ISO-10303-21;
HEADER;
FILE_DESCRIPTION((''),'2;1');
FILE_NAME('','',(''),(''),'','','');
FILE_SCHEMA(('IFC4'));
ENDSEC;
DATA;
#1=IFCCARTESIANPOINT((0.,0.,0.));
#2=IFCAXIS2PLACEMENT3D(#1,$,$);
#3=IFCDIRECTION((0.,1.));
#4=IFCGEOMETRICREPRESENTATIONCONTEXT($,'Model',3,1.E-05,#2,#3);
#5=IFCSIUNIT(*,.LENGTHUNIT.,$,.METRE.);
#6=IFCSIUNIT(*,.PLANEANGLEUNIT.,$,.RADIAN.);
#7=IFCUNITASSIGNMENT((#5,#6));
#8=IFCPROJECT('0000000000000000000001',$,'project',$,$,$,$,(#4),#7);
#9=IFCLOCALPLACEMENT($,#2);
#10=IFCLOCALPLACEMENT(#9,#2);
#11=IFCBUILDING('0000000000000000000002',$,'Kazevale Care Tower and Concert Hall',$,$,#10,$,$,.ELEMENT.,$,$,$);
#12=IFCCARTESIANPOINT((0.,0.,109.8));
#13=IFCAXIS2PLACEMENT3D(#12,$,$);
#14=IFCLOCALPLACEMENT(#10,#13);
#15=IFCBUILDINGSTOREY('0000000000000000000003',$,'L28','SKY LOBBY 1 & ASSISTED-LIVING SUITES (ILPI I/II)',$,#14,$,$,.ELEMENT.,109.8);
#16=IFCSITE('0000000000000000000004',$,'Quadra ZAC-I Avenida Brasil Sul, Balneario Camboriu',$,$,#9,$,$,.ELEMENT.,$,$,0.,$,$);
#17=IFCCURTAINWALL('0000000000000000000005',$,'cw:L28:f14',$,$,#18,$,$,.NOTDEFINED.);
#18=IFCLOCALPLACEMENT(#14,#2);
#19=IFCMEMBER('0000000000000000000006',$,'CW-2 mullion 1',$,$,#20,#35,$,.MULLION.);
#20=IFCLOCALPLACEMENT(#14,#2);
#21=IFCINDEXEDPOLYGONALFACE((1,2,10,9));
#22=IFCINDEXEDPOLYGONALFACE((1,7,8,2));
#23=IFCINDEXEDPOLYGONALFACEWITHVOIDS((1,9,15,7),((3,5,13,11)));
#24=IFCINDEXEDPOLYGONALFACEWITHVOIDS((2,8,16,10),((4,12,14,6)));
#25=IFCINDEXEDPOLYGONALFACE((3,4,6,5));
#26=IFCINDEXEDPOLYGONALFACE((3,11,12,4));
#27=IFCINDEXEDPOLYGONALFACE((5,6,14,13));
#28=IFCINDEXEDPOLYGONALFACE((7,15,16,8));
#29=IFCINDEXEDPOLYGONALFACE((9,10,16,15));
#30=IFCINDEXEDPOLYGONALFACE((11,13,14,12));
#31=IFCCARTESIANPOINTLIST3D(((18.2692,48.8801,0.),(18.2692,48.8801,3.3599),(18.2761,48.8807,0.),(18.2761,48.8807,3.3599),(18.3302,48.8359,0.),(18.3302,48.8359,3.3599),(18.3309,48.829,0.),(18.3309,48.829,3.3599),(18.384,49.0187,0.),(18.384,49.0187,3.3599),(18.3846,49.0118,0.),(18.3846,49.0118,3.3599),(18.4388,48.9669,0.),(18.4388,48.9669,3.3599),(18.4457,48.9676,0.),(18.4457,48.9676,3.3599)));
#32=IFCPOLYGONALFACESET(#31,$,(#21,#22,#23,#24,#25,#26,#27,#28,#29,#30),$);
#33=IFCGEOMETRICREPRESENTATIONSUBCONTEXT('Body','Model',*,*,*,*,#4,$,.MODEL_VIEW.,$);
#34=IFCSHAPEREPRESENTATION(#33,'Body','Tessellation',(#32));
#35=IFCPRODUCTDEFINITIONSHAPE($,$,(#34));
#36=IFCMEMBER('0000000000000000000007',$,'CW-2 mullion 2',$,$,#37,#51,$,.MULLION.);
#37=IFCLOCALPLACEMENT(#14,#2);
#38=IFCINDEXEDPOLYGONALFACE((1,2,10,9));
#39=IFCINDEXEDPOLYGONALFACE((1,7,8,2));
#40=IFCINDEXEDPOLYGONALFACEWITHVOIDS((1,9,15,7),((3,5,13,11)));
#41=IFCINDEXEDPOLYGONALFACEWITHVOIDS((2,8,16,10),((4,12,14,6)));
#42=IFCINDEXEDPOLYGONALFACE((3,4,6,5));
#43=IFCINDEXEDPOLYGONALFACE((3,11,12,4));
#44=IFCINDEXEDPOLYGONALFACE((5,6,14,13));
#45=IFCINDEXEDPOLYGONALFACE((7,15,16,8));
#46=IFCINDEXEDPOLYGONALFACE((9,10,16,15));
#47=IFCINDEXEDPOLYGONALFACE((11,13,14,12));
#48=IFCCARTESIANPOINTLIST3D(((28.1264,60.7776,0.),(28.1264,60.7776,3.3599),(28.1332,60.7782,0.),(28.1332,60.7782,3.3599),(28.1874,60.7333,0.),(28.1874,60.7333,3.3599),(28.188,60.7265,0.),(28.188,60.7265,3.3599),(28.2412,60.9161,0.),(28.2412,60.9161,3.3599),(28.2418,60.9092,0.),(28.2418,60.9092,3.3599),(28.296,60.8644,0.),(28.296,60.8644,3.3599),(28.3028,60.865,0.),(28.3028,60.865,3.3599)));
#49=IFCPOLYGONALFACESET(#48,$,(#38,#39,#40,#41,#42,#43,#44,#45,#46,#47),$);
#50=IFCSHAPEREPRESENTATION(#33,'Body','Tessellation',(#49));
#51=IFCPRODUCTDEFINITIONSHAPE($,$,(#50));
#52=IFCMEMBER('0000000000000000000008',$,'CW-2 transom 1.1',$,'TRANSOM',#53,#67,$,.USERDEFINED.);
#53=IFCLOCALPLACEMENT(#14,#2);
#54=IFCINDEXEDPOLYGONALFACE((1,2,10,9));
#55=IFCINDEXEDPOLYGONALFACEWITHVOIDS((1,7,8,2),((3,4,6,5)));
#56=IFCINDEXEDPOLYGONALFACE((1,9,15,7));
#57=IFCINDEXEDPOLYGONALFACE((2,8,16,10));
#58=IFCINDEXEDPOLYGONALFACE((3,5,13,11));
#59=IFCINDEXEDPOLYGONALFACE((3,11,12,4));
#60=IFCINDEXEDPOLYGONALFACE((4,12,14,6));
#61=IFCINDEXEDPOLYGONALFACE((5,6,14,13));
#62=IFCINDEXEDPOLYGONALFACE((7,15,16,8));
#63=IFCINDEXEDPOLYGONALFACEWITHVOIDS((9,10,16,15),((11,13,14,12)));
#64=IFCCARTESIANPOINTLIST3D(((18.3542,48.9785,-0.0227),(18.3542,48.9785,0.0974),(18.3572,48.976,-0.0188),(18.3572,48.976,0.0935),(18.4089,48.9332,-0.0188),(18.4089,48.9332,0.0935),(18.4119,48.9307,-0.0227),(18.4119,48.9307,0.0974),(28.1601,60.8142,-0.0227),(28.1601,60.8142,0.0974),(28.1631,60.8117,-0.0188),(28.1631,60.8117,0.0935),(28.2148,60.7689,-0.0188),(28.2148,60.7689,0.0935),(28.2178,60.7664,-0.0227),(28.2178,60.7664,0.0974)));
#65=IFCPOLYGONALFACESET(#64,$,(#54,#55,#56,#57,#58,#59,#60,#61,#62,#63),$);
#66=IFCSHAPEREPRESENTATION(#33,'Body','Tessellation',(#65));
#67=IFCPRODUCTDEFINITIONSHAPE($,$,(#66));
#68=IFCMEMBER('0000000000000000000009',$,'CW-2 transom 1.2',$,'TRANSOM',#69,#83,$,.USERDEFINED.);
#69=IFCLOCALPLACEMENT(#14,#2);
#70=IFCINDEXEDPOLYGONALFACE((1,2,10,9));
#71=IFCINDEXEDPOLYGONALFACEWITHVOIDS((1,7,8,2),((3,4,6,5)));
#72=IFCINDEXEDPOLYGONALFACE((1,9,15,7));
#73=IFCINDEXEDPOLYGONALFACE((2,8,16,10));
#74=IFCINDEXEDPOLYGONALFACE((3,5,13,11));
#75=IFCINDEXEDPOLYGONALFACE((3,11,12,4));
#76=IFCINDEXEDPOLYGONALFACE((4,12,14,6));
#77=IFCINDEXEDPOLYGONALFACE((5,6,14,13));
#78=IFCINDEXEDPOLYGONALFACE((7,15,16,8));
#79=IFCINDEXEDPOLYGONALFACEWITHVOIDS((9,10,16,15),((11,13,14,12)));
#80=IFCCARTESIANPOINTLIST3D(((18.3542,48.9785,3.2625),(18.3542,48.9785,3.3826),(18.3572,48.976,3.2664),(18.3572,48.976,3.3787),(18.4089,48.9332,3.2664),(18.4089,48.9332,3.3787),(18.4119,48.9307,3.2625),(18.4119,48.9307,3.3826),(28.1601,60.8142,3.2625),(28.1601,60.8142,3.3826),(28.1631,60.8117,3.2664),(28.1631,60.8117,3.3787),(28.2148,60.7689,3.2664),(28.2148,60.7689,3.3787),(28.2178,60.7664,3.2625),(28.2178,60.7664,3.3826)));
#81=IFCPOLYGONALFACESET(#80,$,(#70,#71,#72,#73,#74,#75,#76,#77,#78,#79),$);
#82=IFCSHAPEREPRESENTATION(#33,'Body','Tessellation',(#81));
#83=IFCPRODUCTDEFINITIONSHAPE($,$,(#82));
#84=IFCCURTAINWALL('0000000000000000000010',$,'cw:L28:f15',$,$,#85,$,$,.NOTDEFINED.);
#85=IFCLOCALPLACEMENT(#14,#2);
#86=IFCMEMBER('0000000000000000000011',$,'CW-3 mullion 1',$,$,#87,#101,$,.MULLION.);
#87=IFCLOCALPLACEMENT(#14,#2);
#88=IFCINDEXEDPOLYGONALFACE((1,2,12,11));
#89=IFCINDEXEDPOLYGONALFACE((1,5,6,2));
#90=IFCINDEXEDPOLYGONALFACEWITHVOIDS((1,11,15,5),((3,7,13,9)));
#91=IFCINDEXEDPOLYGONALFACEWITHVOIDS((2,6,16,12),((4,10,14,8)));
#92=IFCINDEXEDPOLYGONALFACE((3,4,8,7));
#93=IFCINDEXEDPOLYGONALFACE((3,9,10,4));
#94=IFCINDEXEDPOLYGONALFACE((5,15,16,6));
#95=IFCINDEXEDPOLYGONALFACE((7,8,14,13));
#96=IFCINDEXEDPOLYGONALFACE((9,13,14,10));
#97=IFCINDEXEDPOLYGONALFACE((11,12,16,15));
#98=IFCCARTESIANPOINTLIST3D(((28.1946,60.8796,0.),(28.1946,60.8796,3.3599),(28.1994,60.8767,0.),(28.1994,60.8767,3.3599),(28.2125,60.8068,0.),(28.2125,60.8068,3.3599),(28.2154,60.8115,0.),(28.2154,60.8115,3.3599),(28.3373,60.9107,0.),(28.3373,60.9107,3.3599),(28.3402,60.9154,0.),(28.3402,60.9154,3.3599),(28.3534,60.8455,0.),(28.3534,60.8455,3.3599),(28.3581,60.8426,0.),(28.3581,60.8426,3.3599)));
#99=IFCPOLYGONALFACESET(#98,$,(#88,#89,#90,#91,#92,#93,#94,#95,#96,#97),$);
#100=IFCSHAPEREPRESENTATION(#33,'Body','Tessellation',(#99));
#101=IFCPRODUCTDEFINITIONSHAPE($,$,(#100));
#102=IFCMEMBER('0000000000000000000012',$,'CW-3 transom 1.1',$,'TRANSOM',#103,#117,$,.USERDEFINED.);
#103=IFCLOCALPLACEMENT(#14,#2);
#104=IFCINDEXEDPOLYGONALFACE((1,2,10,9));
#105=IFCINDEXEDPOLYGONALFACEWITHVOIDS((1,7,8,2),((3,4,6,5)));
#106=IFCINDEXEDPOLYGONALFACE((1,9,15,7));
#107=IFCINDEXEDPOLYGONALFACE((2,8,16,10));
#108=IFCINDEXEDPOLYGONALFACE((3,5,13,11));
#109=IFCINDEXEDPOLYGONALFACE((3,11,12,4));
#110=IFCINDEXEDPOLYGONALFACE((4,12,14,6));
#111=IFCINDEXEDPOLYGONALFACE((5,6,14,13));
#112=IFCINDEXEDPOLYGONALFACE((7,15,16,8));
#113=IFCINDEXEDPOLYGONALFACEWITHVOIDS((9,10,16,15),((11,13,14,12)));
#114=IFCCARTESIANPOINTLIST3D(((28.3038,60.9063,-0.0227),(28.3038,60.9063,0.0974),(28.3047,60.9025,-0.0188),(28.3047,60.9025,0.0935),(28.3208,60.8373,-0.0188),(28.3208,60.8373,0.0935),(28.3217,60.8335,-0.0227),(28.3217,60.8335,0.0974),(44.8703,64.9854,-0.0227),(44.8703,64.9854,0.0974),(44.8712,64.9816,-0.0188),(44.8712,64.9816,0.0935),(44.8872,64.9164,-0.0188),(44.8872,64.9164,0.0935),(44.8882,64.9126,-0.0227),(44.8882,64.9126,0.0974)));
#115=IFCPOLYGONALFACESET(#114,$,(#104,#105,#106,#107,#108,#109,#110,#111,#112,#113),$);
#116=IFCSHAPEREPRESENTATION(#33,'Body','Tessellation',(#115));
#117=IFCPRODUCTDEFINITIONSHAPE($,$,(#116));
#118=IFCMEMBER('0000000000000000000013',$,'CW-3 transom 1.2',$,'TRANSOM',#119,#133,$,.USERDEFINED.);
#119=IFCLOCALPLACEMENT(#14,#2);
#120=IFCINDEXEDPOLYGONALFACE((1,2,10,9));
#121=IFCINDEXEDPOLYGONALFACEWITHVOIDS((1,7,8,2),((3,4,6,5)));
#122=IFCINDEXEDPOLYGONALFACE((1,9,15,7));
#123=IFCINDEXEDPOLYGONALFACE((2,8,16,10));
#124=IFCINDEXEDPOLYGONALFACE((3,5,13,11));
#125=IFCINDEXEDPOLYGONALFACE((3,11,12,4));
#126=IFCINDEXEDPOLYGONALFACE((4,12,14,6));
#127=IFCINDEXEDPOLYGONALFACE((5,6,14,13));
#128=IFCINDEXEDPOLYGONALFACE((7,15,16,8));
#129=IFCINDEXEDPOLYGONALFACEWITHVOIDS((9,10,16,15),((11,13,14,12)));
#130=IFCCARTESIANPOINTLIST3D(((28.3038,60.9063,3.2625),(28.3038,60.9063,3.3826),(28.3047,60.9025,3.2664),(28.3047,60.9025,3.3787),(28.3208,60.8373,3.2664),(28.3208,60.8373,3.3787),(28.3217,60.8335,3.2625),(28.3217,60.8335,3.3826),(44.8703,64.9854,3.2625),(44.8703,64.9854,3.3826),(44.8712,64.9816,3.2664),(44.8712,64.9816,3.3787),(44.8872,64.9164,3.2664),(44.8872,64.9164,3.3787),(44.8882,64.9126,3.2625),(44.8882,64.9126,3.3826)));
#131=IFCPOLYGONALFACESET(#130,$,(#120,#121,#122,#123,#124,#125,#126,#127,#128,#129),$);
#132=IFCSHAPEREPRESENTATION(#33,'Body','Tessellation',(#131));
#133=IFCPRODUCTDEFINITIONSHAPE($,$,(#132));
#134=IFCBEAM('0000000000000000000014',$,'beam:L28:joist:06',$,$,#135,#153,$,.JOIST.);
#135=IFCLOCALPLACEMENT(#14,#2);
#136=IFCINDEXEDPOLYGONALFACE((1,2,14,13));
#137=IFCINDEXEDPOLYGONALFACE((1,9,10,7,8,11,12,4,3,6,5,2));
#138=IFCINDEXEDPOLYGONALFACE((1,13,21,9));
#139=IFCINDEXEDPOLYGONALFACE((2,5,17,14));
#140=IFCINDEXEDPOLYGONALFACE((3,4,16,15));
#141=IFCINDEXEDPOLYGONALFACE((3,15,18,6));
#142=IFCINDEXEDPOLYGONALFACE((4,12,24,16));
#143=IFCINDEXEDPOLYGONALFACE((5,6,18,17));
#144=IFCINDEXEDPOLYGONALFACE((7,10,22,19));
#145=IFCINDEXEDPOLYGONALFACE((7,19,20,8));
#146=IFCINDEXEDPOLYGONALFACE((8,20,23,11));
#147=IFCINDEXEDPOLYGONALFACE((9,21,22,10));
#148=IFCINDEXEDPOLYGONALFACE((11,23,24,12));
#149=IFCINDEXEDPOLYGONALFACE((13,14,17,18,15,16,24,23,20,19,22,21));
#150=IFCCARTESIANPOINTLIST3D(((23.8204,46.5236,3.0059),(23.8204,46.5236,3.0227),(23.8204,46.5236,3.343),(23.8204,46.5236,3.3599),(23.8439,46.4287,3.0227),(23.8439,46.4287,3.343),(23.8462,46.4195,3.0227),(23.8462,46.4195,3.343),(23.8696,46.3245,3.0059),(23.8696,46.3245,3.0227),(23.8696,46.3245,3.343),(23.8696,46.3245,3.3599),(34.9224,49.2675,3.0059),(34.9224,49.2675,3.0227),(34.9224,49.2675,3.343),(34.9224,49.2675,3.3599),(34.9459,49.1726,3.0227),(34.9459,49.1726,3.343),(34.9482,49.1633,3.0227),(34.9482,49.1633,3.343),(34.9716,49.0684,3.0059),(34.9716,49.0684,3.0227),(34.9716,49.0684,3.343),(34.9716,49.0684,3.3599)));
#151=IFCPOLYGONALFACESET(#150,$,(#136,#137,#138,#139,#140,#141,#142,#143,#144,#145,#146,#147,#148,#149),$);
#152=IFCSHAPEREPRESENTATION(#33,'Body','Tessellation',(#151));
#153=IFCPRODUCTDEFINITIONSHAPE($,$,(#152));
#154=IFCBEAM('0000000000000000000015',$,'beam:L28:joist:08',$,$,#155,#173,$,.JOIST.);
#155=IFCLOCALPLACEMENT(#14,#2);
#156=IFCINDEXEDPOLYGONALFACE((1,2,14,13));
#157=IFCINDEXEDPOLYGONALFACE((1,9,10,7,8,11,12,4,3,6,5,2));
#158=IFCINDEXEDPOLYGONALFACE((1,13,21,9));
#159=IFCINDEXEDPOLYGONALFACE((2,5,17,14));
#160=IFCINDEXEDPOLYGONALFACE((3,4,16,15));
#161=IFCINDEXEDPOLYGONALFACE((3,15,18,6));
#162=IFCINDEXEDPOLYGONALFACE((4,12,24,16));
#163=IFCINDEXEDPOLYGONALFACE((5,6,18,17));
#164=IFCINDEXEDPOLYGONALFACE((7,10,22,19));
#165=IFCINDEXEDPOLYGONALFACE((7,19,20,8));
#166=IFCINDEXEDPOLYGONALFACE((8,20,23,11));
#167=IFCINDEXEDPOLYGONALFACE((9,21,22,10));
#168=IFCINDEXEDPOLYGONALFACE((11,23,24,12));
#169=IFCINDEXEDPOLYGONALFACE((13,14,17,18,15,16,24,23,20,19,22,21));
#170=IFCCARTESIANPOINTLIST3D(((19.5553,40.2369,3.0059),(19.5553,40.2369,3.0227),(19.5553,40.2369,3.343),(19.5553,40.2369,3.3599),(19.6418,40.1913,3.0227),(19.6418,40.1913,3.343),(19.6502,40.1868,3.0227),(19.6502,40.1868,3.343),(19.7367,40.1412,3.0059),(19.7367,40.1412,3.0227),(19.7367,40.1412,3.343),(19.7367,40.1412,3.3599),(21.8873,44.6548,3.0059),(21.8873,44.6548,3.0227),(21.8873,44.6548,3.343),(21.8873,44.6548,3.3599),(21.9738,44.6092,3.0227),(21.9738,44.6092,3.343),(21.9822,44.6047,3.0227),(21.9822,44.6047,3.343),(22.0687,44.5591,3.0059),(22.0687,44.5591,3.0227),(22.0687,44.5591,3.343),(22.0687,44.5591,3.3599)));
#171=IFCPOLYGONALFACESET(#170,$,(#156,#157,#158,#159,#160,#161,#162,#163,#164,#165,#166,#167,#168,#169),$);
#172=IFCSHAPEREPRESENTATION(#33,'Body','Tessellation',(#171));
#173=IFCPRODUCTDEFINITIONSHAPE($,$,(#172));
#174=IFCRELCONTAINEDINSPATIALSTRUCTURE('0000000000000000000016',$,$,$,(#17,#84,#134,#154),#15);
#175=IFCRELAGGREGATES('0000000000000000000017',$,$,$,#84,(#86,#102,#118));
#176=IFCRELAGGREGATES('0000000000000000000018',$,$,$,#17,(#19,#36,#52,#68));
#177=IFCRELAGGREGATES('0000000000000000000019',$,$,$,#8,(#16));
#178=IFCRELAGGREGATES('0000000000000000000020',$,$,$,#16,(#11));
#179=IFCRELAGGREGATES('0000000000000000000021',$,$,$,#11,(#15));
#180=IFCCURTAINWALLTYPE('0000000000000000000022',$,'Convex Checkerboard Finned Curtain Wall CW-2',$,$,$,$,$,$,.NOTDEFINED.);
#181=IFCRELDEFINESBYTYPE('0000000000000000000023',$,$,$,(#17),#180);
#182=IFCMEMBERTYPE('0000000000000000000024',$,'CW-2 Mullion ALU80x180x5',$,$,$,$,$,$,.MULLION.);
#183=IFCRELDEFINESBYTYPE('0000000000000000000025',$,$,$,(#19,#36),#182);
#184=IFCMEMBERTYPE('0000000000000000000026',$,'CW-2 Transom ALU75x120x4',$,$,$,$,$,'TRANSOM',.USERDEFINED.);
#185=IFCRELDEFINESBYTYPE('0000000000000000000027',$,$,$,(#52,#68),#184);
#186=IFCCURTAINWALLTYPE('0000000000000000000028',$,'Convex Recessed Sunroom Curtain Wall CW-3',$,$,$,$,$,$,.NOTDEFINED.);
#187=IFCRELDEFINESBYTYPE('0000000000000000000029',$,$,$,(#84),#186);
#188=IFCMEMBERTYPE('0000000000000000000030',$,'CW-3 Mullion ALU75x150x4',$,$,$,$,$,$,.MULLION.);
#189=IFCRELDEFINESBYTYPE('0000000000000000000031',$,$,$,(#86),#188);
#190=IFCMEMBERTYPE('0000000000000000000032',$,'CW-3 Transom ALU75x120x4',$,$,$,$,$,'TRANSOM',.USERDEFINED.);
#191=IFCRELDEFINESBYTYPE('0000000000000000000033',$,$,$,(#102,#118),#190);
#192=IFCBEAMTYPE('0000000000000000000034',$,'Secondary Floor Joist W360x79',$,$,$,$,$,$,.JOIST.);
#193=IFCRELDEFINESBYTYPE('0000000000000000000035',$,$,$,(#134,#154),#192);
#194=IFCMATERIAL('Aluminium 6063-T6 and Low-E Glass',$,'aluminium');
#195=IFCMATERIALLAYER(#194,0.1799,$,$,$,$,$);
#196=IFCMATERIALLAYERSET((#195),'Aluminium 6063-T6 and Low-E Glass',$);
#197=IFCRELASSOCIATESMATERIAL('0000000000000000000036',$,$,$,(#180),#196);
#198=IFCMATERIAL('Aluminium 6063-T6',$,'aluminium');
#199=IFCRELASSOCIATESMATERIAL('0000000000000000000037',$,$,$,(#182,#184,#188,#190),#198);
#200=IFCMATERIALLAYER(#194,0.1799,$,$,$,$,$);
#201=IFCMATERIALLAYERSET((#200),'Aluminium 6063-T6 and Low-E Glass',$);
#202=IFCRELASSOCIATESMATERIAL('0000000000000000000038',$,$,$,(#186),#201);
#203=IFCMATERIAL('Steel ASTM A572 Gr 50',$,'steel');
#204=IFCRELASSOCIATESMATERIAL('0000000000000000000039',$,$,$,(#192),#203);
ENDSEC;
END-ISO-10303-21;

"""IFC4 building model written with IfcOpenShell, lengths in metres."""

from ifc_helpers import new_model, si_unit, direction, frame, origin, origin_2d, place, context, subcontext, project, spatial, hollow_rectangle, i_section, extrude, material, layer, layer_set, material_profile, profile_set, type_object, element, aggregate, save


model = new_model("IFC4")

# Units and contexts
model_context = context("Model", 3, precision=1e-05, world=origin(), true_north=direction((0.0, 1.0)))
body_context = subcontext(model_context, "Body", "Model", "MODEL_VIEW")
ifc_project = project(units=[si_unit("LENGTHUNIT", "METRE"), si_unit("PLANEANGLEUNIT", "RADIAN")], contexts=[model_context])

# Site, building, storey
site_placement = place(None, origin())
site = spatial("IfcSite", under=ifc_project, at=site_placement, Name="Quadra ZAC-I Avenida Brasil Sul, Balneario Camboriu", CompositionType="ELEMENT", RefElevation=0.0)
building_placement = place(site_placement, origin())
building = spatial("IfcBuilding", under=site, at=building_placement, Name="Kazevale Care Tower and Concert Hall", CompositionType="ELEMENT")
storey_placement = place(building_placement, frame((0.0, 0.0, 109.8)))
storey = spatial("IfcBuildingStorey", under=building, at=storey_placement, Name="L28", Description="SKY LOBBY 1 & ASSISTED-LIVING SUITES (ILPI I/II)", CompositionType="ELEMENT", Elevation=109.8)

# Curtain walls, members
ifc_material_1 = material(Name="Aluminium 6063-T6 and Low-E Glass", Category="aluminium")
ifc_layer_1 = layer(ifc_material_1, 0.1799)
ifc_layer_set_1 = layer_set([ifc_layer_1], Name="Aluminium 6063-T6 and Low-E Glass")
curtain_wall_type_1 = type_object("IfcCurtainWallType", Name="Convex Checkerboard Finned Curtain Wall CW-2", PredefinedType="NOTDEFINED", material=ifc_layer_set_1)
curtain_wall_1_placement = place(storey_placement, origin())
curtain_wall_1 = element("IfcCurtainWall", 1, at=curtain_wall_1_placement, inside=storey, type_object=curtain_wall_type_1, Name="cw:L28:f14", PredefinedType="NOTDEFINED")
ifc_material_2 = material(Name="Aluminium 6063-T6", Category="aluminium")
ifc_material_profile_1 = material_profile(ifc_material_2, hollow_rectangle(XDim=0.0801, YDim=0.1799, WallThickness=0.0049, at=origin_2d()), Name="ALU80x180x5")
ifc_profile_set_1 = profile_set([ifc_material_profile_1], Name="Aluminium 6063-T6")
member_type_1 = type_object("IfcMemberType", Name="CW-2 Mullion ALU80x180x5", PredefinedType="MULLION", material=ifc_profile_set_1)
member_1_placement = place(storey_placement, frame((18.3574, 48.9238, 0.0), z_axis=(0.0, 0.0, 1.0), x_axis=(-0.77005, 0.637984, 0.0)))
member_1 = element("IfcMember", 2, at=member_1_placement, type_object=member_type_1, Name="CW-2 mullion 1", PredefinedType="MULLION", context=body_context, shape_type="SweptSolid", body=[
    extrude(hollow_rectangle(XDim=0.0801, YDim=0.1799, WallThickness=0.0049, at=origin_2d()), origin(), (0.0, 0.0, 1.0), 3.3599),
])
member_2_placement = place(storey_placement, frame((28.2146, 60.8213, 0.0), z_axis=(0.0, 0.0, 1.0), x_axis=(-0.77005, 0.637984, 0.0)))
member_2 = element("IfcMember", 3, at=member_2_placement, type_object=member_type_1, Name="CW-2 mullion 2", PredefinedType="MULLION", context=body_context, shape_type="SweptSolid", body=[
    extrude(hollow_rectangle(XDim=0.0801, YDim=0.1799, WallThickness=0.0049, at=origin_2d()), origin(), (0.0, 0.0, 1.0), 3.3599),
])
ifc_material_profile_2 = material_profile(ifc_material_2, hollow_rectangle(XDim=0.075, YDim=0.1201, WallThickness=0.0039, at=origin_2d()), Name="ALU75x120x4")
ifc_profile_set_2 = profile_set([ifc_material_profile_2], Name="Aluminium 6063-T6")
member_type_2 = type_object("IfcMemberType", Name="CW-2 Transom ALU75x120x4", ElementType="TRANSOM", PredefinedType="USERDEFINED", material=ifc_profile_set_2)
member_3_placement = place(storey_placement, frame((18.3831, 48.9546, 0.0374), z_axis=(0.637987, 0.770047, 0.0), x_axis=(-0.770047, 0.637987, 0.0)))
member_3 = element("IfcMember", 4, at=member_3_placement, type_object=member_type_2, Name="CW-2 transom 1.1", ObjectType="TRANSOM", PredefinedType="USERDEFINED", context=body_context, shape_type="SweptSolid", body=[
    extrude(hollow_rectangle(XDim=0.075, YDim=0.1201, WallThickness=0.0039, at=origin_2d()), origin(), (0.0, 0.0, 1.0), 15.3701),
])
member_4_placement = place(storey_placement, frame((18.3831, 48.9546, 3.3225), z_axis=(0.637987, 0.770047, 0.0), x_axis=(-0.770047, 0.637987, 0.0)))
member_4 = element("IfcMember", 5, at=member_4_placement, type_object=member_type_2, Name="CW-2 transom 1.2", ObjectType="TRANSOM", PredefinedType="USERDEFINED", context=body_context, shape_type="SweptSolid", body=[
    extrude(hollow_rectangle(XDim=0.075, YDim=0.1201, WallThickness=0.0039, at=origin_2d()), origin(), (0.0, 0.0, 1.0), 15.3701),
])
ifc_layer_2 = layer(ifc_material_1, 0.1799)
ifc_layer_set_2 = layer_set([ifc_layer_2], Name="Aluminium 6063-T6 and Low-E Glass")
curtain_wall_type_2 = type_object("IfcCurtainWallType", Name="Convex Recessed Sunroom Curtain Wall CW-3", PredefinedType="NOTDEFINED", material=ifc_layer_set_2)
curtain_wall_2_placement = place(storey_placement, origin())
curtain_wall_2 = element("IfcCurtainWall", 6, at=curtain_wall_2_placement, inside=storey, type_object=curtain_wall_type_2, Name="cw:L28:f15", PredefinedType="NOTDEFINED")
ifc_material_profile_3 = material_profile(ifc_material_2, hollow_rectangle(XDim=0.075, YDim=0.1499, WallThickness=0.0039, at=origin_2d()), Name="ALU75x150x4")
ifc_profile_set_3 = profile_set([ifc_material_profile_3], Name="Aluminium 6063-T6")
member_type_3 = type_object("IfcMemberType", Name="CW-3 Mullion ALU75x150x4", PredefinedType="MULLION", material=ifc_profile_set_3)
member_5_placement = place(storey_placement, frame((28.2764, 60.8611, 0.0), z_axis=(0.0, 0.0, 1.0), x_axis=(-0.239089, 0.970998, 0.0)))
member_5 = element("IfcMember", 7, at=member_5_placement, type_object=member_type_3, Name="CW-3 mullion 1", PredefinedType="MULLION", context=body_context, shape_type="SweptSolid", body=[
    extrude(hollow_rectangle(XDim=0.075, YDim=0.1499, WallThickness=0.0039, at=origin_2d()), origin(), (0.0, 0.0, 1.0), 3.3599),
])
ifc_material_profile_4 = material_profile(ifc_material_2, hollow_rectangle(XDim=0.075, YDim=0.1201, WallThickness=0.0039, at=origin_2d()), Name="ALU75x120x4")
ifc_profile_set_4 = profile_set([ifc_material_profile_4], Name="Aluminium 6063-T6")
member_type_4 = type_object("IfcMemberType", Name="CW-3 Transom ALU75x120x4", ElementType="TRANSOM", PredefinedType="USERDEFINED", material=ifc_profile_set_4)
member_6_placement = place(storey_placement, frame((28.3127, 60.8699, 0.0374), z_axis=(0.970998, 0.239086, 0.0), x_axis=(-0.239086, 0.970998, 0.0)))
member_6 = element("IfcMember", 8, at=member_6_placement, type_object=member_type_4, Name="CW-3 transom 1.1", ObjectType="TRANSOM", PredefinedType="USERDEFINED", context=body_context, shape_type="SweptSolid", body=[
    extrude(hollow_rectangle(XDim=0.075, YDim=0.1201, WallThickness=0.0039, at=origin_2d()), origin(), (0.0, 0.0, 1.0), 17.0613),
])
member_7_placement = place(storey_placement, frame((28.3127, 60.8699, 3.3225), z_axis=(0.970998, 0.239086, 0.0), x_axis=(-0.239086, 0.970998, 0.0)))
member_7 = element("IfcMember", 9, at=member_7_placement, type_object=member_type_4, Name="CW-3 transom 1.2", ObjectType="TRANSOM", PredefinedType="USERDEFINED", context=body_context, shape_type="SweptSolid", body=[
    extrude(hollow_rectangle(XDim=0.075, YDim=0.1201, WallThickness=0.0039, at=origin_2d()), origin(), (0.0, 0.0, 1.0), 17.0613),
])
aggregate(curtain_wall_2, [member_5, member_6, member_7])

# Beams
ifc_material_3 = material(Name="Steel ASTM A572 Gr 50", Category="steel")
ifc_material_profile_5 = material_profile(ifc_material_3, i_section(OverallWidth=0.2051, OverallDepth=0.354, WebThickness=0.0095, FlangeThickness=0.0168, at=origin_2d()), Name="W360x79")
ifc_profile_set_5 = profile_set([ifc_material_profile_5], Name="Steel ASTM A572 Gr 50")
beam_type_1 = type_object("IfcBeamType", Name="Secondary Floor Joist W360x79", PredefinedType="JOIST", material=ifc_profile_set_5)
beam_1_placement = place(storey_placement, frame((34.947, 49.168, 3.1829), z_axis=(-0.97079, -0.239933, 0.0), x_axis=(0.239933, -0.97079, 0.0)))
element("IfcBeam", 10, at=beam_1_placement, inside=storey, type_object=beam_type_1, Name="beam:L28:joist:06", PredefinedType="JOIST", context=body_context, shape_type="SweptSolid", body=[
    extrude(i_section(OverallWidth=0.2051, OverallDepth=0.354, WebThickness=0.0095, FlangeThickness=0.0168, at=origin_2d()), origin(), (0.0, 0.0, 1.0), 11.436),
])
beam_2_placement = place(storey_placement, frame((21.978, 44.6069, 3.1829), z_axis=(-0.46681, -0.884358, 0.0), x_axis=(0.884358, -0.46681, 0.0)))
element("IfcBeam", 11, at=beam_2_placement, inside=storey, type_object=beam_type_1, Name="beam:L28:joist:08", PredefinedType="JOIST", context=body_context, shape_type="SweptSolid", body=[
    extrude(i_section(OverallWidth=0.2051, OverallDepth=0.354, WebThickness=0.0095, FlangeThickness=0.0168, at=origin_2d()), origin(), (0.0, 0.0, 1.0), 4.9956),
])

aggregate(curtain_wall_1, [member_1, member_2, member_3, member_4])

save(model, "model.ifc")
